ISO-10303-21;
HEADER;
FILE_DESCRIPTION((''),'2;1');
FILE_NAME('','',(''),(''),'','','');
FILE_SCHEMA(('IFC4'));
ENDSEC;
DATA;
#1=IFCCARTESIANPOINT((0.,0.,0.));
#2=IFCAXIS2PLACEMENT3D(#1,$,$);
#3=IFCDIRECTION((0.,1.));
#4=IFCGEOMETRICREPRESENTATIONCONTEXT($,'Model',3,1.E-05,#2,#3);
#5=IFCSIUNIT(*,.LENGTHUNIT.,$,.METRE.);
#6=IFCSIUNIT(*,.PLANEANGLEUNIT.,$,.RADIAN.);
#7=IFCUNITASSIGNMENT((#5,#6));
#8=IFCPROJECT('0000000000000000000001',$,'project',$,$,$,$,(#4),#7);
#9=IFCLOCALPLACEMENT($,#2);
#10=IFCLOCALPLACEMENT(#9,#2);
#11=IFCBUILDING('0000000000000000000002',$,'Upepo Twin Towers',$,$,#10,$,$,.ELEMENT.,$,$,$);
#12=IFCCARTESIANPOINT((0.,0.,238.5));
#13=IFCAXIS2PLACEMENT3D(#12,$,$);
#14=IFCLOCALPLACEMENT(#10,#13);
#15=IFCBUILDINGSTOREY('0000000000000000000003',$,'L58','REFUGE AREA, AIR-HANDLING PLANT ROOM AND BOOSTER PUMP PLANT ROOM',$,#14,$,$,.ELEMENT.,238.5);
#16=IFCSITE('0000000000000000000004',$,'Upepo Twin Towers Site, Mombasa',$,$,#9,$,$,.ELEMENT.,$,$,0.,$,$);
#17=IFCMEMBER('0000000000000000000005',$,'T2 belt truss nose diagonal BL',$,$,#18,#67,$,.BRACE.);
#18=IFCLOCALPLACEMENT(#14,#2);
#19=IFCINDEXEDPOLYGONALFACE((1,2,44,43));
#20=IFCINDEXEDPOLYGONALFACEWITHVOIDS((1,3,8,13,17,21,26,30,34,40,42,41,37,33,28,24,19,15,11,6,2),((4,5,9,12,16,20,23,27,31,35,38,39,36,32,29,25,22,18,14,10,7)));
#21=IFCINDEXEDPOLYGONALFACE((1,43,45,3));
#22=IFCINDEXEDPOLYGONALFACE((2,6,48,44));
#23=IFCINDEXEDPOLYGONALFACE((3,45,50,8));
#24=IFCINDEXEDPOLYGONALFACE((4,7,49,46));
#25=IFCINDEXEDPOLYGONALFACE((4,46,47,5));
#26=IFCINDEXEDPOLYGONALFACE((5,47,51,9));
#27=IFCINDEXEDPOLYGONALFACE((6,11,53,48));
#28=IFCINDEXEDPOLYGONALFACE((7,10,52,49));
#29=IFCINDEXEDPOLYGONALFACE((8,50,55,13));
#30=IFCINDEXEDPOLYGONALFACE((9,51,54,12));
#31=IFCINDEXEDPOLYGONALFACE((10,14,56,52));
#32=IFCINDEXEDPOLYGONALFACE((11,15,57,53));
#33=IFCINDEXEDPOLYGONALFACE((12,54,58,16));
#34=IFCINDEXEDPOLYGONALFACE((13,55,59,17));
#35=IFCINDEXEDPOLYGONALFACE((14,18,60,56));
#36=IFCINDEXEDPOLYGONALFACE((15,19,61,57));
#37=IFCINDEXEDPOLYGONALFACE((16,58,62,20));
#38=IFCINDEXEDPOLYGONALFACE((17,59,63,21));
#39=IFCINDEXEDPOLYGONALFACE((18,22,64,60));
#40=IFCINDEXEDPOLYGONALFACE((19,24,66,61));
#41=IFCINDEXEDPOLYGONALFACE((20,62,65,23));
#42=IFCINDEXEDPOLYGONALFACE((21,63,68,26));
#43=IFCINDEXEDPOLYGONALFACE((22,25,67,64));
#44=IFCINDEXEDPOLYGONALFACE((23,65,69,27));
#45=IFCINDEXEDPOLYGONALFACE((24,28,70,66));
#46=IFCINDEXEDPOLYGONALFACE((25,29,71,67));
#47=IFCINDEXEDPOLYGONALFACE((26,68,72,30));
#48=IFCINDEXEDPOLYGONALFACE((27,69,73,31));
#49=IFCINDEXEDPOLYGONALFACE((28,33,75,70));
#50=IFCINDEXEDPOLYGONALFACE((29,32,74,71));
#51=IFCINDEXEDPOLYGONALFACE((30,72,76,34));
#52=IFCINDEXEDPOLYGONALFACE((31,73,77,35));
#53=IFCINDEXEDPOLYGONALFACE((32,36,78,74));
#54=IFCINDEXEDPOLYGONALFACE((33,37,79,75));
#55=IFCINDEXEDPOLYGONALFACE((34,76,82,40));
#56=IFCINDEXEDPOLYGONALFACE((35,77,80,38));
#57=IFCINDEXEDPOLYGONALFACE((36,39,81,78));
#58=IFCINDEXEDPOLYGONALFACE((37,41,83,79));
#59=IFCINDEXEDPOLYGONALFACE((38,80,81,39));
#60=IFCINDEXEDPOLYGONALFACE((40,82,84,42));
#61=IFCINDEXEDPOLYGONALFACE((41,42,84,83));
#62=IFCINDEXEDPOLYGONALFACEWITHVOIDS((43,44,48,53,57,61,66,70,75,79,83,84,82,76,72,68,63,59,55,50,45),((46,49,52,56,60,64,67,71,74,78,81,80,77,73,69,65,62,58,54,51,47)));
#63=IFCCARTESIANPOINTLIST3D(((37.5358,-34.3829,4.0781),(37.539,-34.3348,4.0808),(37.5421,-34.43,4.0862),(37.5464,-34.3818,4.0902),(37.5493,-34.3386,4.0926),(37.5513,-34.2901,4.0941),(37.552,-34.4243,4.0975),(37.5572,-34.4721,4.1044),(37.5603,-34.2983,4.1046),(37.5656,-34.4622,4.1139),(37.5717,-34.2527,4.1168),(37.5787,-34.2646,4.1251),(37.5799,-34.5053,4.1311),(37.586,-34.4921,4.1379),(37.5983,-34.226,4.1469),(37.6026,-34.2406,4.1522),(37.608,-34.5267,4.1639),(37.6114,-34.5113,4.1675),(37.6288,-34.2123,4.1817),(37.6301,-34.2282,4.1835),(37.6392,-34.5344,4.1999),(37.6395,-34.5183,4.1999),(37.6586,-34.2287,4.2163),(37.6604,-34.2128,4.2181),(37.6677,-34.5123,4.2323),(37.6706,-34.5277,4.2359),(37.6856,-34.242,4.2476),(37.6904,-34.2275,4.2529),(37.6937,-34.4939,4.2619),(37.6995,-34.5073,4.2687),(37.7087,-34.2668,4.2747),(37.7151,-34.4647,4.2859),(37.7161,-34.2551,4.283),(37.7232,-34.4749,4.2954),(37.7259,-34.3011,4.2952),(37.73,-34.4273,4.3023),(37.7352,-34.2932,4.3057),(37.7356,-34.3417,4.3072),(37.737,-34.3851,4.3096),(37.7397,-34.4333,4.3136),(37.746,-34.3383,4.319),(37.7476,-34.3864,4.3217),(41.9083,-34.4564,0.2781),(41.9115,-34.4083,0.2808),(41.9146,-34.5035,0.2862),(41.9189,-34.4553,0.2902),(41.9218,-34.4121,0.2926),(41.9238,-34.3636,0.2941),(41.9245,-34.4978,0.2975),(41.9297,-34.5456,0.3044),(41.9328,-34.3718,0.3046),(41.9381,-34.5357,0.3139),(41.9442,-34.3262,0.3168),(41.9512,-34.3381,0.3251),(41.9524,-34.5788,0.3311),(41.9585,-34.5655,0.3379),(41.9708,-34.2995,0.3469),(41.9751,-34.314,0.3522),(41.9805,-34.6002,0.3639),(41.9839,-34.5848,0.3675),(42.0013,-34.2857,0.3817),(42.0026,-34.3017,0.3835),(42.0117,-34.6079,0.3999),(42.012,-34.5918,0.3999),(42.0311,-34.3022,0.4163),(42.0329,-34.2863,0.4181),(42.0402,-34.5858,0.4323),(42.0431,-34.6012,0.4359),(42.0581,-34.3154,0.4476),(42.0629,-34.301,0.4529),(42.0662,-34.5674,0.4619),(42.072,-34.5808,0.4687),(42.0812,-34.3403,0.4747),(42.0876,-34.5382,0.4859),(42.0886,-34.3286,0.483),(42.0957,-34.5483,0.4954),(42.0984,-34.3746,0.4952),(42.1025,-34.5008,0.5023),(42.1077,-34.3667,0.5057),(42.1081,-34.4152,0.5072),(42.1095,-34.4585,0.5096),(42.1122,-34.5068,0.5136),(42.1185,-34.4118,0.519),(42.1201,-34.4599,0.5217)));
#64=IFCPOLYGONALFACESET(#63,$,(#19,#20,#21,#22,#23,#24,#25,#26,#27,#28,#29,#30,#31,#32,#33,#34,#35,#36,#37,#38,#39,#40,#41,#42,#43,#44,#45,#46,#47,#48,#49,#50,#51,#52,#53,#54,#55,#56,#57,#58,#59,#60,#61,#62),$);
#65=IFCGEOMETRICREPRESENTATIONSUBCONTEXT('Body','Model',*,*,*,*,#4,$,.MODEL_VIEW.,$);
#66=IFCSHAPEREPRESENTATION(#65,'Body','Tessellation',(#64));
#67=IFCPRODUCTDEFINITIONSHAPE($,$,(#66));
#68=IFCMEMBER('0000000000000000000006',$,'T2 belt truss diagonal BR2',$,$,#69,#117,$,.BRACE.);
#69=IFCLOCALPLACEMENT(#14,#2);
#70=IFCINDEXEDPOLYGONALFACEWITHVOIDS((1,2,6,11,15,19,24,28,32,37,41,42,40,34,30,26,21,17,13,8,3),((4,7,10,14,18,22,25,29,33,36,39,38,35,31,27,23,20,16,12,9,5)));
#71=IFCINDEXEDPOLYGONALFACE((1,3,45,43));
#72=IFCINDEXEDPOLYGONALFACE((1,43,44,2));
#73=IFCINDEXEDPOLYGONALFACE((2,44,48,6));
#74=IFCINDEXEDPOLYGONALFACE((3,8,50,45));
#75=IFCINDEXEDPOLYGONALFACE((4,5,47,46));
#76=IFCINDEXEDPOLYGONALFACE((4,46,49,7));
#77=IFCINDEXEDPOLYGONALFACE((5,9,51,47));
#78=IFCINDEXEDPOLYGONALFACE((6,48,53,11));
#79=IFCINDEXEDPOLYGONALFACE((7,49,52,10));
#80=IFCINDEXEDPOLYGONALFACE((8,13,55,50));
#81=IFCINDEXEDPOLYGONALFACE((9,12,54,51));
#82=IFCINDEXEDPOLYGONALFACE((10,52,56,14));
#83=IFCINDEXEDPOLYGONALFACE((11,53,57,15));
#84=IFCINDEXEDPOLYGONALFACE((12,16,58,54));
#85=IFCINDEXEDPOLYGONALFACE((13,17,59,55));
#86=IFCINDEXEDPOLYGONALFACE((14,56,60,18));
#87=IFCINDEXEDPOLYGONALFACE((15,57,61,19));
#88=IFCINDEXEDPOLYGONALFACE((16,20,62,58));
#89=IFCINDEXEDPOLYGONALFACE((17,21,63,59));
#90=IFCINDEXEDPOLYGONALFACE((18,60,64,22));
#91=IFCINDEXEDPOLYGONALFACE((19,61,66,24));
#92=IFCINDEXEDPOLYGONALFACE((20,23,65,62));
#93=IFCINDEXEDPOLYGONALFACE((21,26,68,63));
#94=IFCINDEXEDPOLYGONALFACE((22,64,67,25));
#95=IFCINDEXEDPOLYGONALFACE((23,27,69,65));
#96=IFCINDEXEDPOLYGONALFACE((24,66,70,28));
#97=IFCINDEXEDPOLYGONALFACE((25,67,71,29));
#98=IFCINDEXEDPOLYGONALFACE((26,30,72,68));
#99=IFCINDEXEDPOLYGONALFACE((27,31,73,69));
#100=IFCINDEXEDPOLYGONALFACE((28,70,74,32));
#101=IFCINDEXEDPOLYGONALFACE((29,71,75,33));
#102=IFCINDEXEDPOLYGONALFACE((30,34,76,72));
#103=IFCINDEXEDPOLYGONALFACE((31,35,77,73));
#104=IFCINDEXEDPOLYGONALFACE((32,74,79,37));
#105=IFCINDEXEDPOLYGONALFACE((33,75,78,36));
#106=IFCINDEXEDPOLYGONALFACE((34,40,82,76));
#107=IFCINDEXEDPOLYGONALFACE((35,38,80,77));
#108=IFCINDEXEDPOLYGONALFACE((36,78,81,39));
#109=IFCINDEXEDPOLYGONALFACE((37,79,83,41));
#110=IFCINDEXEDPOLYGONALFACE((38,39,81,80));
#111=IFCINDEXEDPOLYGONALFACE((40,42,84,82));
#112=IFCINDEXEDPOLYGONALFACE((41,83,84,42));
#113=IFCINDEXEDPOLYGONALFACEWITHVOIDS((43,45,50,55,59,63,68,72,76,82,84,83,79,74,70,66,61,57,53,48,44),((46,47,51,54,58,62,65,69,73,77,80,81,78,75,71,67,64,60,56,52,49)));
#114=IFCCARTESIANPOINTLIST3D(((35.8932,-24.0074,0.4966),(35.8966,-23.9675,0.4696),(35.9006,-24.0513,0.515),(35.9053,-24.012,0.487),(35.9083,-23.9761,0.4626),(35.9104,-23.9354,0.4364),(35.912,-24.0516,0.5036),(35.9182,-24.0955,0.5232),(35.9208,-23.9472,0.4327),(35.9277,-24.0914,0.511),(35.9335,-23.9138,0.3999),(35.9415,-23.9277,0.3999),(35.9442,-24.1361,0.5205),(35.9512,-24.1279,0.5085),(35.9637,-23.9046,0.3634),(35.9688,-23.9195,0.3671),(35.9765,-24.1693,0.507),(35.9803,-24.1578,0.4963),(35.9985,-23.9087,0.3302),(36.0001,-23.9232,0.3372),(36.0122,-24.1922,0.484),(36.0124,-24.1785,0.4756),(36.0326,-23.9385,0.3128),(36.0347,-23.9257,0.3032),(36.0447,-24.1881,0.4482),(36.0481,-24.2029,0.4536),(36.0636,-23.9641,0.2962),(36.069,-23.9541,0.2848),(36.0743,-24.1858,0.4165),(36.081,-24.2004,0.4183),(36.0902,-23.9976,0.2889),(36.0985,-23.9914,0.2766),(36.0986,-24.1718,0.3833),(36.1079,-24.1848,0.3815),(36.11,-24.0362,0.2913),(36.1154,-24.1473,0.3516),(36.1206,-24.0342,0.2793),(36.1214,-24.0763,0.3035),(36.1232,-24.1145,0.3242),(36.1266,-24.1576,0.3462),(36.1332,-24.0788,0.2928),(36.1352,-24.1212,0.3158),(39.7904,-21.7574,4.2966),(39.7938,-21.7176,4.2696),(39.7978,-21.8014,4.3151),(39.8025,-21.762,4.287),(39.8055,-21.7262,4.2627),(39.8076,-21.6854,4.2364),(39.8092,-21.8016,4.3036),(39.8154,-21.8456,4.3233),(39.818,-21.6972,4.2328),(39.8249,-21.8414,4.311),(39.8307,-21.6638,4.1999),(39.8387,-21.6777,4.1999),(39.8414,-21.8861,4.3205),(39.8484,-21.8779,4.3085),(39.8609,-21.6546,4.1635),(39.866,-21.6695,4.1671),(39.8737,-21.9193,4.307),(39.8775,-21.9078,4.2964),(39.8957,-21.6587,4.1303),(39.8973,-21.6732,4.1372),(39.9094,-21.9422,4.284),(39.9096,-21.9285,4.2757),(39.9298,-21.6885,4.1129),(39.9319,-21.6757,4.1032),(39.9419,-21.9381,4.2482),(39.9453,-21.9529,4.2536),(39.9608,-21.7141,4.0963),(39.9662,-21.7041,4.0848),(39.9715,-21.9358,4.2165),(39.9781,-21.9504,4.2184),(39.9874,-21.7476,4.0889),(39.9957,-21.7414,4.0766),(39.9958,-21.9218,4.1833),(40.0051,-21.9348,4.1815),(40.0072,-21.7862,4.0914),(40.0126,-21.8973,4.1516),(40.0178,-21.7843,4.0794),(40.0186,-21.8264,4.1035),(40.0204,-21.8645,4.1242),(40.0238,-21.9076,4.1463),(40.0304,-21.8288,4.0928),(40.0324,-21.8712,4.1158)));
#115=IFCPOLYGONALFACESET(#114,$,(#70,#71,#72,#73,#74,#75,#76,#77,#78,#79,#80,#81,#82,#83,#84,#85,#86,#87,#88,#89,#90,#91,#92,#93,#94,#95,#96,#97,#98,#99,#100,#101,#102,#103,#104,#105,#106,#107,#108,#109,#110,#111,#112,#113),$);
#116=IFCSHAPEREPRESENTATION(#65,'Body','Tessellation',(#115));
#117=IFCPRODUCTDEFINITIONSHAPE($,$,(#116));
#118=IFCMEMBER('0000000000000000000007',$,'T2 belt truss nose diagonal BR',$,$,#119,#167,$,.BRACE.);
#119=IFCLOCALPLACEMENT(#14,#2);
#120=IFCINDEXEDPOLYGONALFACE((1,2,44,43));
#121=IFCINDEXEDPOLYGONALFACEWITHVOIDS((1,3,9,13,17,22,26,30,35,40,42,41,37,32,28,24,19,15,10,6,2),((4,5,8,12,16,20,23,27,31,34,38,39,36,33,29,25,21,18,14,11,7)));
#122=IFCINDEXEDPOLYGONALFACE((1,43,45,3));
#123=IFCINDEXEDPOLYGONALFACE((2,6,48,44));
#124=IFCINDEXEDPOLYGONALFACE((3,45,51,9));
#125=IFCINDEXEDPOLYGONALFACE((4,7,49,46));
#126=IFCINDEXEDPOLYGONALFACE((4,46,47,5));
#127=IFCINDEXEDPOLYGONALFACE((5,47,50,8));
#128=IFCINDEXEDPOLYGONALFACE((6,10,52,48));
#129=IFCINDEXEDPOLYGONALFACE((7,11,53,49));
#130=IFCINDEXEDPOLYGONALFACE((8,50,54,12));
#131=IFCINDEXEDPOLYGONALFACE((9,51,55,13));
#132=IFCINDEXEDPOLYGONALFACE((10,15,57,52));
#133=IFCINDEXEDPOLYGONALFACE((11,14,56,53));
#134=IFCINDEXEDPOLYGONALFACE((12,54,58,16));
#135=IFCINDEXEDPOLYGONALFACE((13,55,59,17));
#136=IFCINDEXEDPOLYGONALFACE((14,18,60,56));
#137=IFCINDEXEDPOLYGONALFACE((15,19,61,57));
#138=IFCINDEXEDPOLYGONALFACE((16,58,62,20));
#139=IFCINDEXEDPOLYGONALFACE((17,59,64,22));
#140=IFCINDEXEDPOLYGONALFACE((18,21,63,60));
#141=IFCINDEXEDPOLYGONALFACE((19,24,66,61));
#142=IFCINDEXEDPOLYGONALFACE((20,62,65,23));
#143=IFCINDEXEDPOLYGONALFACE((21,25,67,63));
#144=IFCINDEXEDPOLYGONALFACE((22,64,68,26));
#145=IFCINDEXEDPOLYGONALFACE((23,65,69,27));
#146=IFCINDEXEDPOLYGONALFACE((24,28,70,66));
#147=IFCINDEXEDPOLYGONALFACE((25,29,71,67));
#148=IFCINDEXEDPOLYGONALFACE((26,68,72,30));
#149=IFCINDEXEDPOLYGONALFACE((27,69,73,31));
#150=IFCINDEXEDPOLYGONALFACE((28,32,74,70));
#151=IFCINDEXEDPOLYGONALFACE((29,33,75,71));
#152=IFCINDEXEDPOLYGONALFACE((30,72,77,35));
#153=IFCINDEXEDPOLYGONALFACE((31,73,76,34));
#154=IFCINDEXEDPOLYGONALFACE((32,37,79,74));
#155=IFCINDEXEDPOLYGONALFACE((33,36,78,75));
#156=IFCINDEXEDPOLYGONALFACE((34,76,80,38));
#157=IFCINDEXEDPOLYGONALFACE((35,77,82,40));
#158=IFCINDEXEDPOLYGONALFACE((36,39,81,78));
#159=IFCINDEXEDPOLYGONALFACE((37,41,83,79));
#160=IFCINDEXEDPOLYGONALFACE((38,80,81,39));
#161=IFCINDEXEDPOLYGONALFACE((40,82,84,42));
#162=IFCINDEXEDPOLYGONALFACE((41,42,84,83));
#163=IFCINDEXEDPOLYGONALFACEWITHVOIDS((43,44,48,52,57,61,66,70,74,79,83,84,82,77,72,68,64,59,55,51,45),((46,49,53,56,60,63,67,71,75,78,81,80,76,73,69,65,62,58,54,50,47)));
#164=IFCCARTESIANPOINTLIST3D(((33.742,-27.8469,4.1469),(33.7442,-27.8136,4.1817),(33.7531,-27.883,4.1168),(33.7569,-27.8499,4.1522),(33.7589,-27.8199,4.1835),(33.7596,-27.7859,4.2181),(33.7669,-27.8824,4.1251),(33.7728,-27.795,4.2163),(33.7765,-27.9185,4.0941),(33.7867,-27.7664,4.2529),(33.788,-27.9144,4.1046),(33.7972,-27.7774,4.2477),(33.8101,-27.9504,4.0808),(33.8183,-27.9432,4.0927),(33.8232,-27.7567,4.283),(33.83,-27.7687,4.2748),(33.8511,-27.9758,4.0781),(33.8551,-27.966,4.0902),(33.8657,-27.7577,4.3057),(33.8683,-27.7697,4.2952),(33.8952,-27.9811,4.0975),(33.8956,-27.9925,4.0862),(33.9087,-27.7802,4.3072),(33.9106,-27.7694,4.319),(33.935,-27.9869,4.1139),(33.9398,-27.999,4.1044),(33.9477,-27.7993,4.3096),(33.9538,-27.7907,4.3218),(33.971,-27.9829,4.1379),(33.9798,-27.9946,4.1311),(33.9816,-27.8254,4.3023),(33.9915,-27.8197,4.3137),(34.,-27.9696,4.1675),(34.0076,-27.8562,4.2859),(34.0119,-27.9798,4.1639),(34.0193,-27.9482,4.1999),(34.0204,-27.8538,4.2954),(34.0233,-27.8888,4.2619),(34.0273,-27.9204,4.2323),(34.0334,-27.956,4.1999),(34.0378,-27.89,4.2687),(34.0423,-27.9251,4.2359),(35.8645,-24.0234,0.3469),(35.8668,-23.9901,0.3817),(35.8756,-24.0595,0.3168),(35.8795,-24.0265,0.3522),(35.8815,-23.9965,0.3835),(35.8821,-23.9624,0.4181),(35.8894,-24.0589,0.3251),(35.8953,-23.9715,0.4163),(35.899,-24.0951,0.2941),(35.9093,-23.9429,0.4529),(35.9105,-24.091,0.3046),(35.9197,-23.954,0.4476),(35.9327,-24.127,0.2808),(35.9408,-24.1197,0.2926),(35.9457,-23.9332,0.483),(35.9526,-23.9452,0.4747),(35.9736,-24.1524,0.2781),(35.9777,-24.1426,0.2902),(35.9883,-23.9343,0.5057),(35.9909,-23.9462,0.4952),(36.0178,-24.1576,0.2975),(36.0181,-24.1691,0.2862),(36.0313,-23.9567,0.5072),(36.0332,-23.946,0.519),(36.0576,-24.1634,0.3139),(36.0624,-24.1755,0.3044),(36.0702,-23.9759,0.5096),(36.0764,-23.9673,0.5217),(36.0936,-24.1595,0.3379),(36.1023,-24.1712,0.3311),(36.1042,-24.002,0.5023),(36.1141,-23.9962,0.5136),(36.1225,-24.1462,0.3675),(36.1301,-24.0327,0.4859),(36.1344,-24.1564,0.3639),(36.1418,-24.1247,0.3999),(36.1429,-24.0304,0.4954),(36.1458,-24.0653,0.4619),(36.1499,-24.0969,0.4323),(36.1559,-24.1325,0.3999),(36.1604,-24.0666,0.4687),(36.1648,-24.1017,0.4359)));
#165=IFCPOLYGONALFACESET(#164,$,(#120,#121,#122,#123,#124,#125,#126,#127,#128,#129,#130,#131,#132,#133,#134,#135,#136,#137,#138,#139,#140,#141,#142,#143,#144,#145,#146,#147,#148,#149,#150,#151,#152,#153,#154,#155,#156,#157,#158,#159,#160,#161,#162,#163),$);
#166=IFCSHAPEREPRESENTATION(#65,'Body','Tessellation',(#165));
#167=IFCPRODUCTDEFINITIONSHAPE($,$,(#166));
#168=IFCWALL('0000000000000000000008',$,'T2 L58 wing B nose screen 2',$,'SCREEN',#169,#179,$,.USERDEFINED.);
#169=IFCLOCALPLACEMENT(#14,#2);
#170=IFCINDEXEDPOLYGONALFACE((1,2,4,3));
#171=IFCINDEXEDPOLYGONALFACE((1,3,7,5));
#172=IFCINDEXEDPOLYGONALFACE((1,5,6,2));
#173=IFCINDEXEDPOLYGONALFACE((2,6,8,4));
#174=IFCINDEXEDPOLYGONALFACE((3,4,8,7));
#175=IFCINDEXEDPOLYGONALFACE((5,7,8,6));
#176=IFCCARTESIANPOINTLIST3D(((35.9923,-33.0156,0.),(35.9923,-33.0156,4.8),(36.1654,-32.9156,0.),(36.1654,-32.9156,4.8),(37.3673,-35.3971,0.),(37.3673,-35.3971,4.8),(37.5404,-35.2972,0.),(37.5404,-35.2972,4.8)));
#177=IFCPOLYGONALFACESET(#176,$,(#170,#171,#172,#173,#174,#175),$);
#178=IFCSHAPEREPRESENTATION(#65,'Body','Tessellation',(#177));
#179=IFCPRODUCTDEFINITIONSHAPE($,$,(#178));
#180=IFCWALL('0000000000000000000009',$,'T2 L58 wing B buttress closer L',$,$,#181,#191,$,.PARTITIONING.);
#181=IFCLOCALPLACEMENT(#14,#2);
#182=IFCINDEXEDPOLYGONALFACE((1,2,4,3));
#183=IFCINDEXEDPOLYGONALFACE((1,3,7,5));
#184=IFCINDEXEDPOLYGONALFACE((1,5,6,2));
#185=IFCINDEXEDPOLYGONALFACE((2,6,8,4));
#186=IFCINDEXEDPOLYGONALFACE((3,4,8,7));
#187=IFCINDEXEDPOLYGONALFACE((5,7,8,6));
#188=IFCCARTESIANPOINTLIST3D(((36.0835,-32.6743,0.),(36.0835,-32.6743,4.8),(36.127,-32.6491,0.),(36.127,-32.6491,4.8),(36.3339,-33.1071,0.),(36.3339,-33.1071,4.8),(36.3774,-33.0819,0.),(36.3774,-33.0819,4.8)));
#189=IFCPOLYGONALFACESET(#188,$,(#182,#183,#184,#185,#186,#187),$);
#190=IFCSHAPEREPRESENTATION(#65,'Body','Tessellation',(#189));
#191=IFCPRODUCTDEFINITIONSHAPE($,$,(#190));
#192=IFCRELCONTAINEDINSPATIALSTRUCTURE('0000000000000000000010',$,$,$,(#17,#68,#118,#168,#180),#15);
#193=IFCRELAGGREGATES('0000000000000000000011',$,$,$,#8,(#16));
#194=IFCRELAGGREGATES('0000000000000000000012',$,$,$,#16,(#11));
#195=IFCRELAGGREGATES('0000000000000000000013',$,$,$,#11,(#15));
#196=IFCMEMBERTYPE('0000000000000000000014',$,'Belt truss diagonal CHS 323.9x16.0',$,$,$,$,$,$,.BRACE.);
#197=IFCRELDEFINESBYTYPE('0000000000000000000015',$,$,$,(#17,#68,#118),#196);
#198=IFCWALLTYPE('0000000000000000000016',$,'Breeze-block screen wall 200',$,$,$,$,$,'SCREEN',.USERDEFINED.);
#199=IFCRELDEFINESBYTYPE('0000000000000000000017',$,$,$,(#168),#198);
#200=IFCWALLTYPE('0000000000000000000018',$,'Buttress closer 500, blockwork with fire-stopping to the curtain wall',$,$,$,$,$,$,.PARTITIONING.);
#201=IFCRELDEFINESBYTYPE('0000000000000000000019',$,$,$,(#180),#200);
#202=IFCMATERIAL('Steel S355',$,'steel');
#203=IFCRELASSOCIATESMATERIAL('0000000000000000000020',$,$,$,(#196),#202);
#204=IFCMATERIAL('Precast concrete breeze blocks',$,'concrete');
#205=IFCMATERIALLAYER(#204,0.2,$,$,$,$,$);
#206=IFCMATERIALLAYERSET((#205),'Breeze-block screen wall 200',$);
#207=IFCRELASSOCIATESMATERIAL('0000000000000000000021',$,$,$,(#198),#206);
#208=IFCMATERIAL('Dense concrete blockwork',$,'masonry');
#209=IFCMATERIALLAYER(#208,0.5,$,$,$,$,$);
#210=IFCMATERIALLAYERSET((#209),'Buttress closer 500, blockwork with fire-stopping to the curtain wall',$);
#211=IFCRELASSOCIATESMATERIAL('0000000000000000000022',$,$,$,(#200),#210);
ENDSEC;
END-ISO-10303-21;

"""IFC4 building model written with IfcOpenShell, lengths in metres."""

from ifc_helpers import new_model, si_unit, direction, frame, frame_2d, origin, origin_2d, place, context, subcontext, project, spatial, rectangle, hollow_circle, extrude, material, layer, layer_set, material_profile, profile_set, type_object, element, save


model = new_model("IFC4")

# Units and contexts
model_context = context("Model", 3, precision=1e-05, world=origin(), true_north=direction((0.0, 1.0)))
body_context = subcontext(model_context, "Body", "Model", "MODEL_VIEW")
ifc_project = project(units=[si_unit("LENGTHUNIT", "METRE"), si_unit("PLANEANGLEUNIT", "RADIAN")], contexts=[model_context])

# Site, building, storey
site_placement = place(None, origin())
site = spatial("IfcSite", under=ifc_project, at=site_placement, Name="Upepo Twin Towers Site, Mombasa", CompositionType="ELEMENT", RefElevation=0.0)
building_placement = place(site_placement, origin())
building = spatial("IfcBuilding", under=site, at=building_placement, Name="Upepo Twin Towers", CompositionType="ELEMENT")
storey_placement = place(building_placement, frame((0.0, 0.0, 238.5)))
storey = spatial("IfcBuildingStorey", under=building, at=storey_placement, Name="L58", Description="REFUGE AREA, AIR-HANDLING PLANT ROOM AND BOOSTER PUMP PLANT ROOM", CompositionType="ELEMENT", Elevation=238.5)

# Members
ifc_material_1 = material(Name="Steel S355", Category="steel")
ifc_material_profile_1 = material_profile(ifc_material_1, hollow_circle(Radius=0.1619, WallThickness=0.0161, at=origin_2d()), Name="CHS 323.9x16.0")
ifc_profile_set_1 = profile_set([ifc_material_profile_1], Name="Steel S355")
member_type = type_object("IfcMemberType", Name="Belt truss diagonal CHS 323.9x16.0", PredefinedType="BRACE", material=ifc_profile_set_1)
member_1_placement = place(storey_placement, frame((42.0144, -34.446, 0.3999), z_axis=(-0.754731, 0.012684, 0.655912), x_axis=(-0.016804, -0.999859, 0.0)))
element("IfcMember", 1, at=member_1_placement, inside=storey, type_object=member_type, Name="T2 belt truss nose diagonal BL", PredefinedType="BRACE", context=body_context, shape_type="SweptSolid", body=[
    extrude(hollow_circle(Radius=0.1619, WallThickness=0.0161, at=origin_2d()), origin(), (0.0, 0.0, 1.0), 5.7935),
])
member_2_placement = place(storey_placement, frame((36.0144, -24.054, 0.3999), z_axis=(0.661676, 0.382009, 0.645178), x_axis=(-0.49999, 0.866031, 0.0)))
element("IfcMember", 2, at=member_2_placement, inside=storey, type_object=member_type, Name="T2 belt truss diagonal BR2", PredefinedType="BRACE", context=body_context, shape_type="SweptSolid", body=[
    extrude(hollow_circle(Radius=0.1619, WallThickness=0.0161, at=origin_2d()), origin(), (0.0, 0.0, 1.0), 5.8899),
])
member_3_placement = place(storey_placement, frame((36.0144, -24.054, 0.3999), z_axis=(-0.366369, -0.659961, 0.655916), x_axis=(0.874313, -0.485363, 0.0)))
element("IfcMember", 3, at=member_3_placement, inside=storey, type_object=member_type, Name="T2 belt truss nose diagonal BR", PredefinedType="BRACE", context=body_context, shape_type="SweptSolid", body=[
    extrude(hollow_circle(Radius=0.1619, WallThickness=0.0161, at=origin_2d()), origin(), (0.0, 0.0, 1.0), 5.7935),
])

# Walls
ifc_material_2 = material(Name="Precast concrete breeze blocks", Category="concrete")
ifc_layer_1 = layer(ifc_material_2, 0.2)
ifc_layer_set_1 = layer_set([ifc_layer_1], Name="Breeze-block screen wall 200")
wall_type_1 = type_object("IfcWallType", Name="Breeze-block screen wall 200", ElementType="SCREEN", PredefinedType="USERDEFINED", material=ifc_layer_set_1)
wall_1_placement = place(storey_placement, frame((36.0789, -32.9656, 0.0), z_axis=(0.0, 0.0, 1.0), x_axis=(0.499997, -0.866027, 0.0)))
element("IfcWall", 4, at=wall_1_placement, inside=storey, type_object=wall_type_1, Name="T2 L58 wing B nose screen 2", ObjectType="SCREEN", PredefinedType="USERDEFINED", context=body_context, shape_type="SweptSolid", body=[
    extrude(rectangle(XDim=2.75, YDim=0.2, at=frame_2d((1.375, 0.0))), origin(), (0.0, 0.0, 1.0), 4.8),
])
ifc_material_3 = material(Name="Dense concrete blockwork", Category="masonry")
ifc_layer_2 = layer(ifc_material_3, 0.5)
ifc_layer_set_2 = layer_set([ifc_layer_2], Name="Buttress closer 500, blockwork with fire-stopping to the curtain wall")
wall_type_2 = type_object("IfcWallType", Name="Buttress closer 500, blockwork with fire-stopping to the curtain wall", PredefinedType="PARTITIONING", material=ifc_layer_set_2)
wall_2_placement = place(storey_placement, frame((36.2522, -32.8655, 0.0), z_axis=(0.0, 0.0, 1.0), x_axis=(-0.865537, -0.500845, 0.0)))
element("IfcWall", 5, at=wall_2_placement, inside=storey, type_object=wall_type_2, Name="T2 L58 wing B buttress closer L", PredefinedType="PARTITIONING", context=body_context, shape_type="SweptSolid", body=[
    extrude(rectangle(XDim=0.0503, YDim=0.5, at=frame_2d((0.0251, 0.0))), origin(), (0.0, 0.0, 1.0), 4.8),
])

save(model, "model.ifc")
